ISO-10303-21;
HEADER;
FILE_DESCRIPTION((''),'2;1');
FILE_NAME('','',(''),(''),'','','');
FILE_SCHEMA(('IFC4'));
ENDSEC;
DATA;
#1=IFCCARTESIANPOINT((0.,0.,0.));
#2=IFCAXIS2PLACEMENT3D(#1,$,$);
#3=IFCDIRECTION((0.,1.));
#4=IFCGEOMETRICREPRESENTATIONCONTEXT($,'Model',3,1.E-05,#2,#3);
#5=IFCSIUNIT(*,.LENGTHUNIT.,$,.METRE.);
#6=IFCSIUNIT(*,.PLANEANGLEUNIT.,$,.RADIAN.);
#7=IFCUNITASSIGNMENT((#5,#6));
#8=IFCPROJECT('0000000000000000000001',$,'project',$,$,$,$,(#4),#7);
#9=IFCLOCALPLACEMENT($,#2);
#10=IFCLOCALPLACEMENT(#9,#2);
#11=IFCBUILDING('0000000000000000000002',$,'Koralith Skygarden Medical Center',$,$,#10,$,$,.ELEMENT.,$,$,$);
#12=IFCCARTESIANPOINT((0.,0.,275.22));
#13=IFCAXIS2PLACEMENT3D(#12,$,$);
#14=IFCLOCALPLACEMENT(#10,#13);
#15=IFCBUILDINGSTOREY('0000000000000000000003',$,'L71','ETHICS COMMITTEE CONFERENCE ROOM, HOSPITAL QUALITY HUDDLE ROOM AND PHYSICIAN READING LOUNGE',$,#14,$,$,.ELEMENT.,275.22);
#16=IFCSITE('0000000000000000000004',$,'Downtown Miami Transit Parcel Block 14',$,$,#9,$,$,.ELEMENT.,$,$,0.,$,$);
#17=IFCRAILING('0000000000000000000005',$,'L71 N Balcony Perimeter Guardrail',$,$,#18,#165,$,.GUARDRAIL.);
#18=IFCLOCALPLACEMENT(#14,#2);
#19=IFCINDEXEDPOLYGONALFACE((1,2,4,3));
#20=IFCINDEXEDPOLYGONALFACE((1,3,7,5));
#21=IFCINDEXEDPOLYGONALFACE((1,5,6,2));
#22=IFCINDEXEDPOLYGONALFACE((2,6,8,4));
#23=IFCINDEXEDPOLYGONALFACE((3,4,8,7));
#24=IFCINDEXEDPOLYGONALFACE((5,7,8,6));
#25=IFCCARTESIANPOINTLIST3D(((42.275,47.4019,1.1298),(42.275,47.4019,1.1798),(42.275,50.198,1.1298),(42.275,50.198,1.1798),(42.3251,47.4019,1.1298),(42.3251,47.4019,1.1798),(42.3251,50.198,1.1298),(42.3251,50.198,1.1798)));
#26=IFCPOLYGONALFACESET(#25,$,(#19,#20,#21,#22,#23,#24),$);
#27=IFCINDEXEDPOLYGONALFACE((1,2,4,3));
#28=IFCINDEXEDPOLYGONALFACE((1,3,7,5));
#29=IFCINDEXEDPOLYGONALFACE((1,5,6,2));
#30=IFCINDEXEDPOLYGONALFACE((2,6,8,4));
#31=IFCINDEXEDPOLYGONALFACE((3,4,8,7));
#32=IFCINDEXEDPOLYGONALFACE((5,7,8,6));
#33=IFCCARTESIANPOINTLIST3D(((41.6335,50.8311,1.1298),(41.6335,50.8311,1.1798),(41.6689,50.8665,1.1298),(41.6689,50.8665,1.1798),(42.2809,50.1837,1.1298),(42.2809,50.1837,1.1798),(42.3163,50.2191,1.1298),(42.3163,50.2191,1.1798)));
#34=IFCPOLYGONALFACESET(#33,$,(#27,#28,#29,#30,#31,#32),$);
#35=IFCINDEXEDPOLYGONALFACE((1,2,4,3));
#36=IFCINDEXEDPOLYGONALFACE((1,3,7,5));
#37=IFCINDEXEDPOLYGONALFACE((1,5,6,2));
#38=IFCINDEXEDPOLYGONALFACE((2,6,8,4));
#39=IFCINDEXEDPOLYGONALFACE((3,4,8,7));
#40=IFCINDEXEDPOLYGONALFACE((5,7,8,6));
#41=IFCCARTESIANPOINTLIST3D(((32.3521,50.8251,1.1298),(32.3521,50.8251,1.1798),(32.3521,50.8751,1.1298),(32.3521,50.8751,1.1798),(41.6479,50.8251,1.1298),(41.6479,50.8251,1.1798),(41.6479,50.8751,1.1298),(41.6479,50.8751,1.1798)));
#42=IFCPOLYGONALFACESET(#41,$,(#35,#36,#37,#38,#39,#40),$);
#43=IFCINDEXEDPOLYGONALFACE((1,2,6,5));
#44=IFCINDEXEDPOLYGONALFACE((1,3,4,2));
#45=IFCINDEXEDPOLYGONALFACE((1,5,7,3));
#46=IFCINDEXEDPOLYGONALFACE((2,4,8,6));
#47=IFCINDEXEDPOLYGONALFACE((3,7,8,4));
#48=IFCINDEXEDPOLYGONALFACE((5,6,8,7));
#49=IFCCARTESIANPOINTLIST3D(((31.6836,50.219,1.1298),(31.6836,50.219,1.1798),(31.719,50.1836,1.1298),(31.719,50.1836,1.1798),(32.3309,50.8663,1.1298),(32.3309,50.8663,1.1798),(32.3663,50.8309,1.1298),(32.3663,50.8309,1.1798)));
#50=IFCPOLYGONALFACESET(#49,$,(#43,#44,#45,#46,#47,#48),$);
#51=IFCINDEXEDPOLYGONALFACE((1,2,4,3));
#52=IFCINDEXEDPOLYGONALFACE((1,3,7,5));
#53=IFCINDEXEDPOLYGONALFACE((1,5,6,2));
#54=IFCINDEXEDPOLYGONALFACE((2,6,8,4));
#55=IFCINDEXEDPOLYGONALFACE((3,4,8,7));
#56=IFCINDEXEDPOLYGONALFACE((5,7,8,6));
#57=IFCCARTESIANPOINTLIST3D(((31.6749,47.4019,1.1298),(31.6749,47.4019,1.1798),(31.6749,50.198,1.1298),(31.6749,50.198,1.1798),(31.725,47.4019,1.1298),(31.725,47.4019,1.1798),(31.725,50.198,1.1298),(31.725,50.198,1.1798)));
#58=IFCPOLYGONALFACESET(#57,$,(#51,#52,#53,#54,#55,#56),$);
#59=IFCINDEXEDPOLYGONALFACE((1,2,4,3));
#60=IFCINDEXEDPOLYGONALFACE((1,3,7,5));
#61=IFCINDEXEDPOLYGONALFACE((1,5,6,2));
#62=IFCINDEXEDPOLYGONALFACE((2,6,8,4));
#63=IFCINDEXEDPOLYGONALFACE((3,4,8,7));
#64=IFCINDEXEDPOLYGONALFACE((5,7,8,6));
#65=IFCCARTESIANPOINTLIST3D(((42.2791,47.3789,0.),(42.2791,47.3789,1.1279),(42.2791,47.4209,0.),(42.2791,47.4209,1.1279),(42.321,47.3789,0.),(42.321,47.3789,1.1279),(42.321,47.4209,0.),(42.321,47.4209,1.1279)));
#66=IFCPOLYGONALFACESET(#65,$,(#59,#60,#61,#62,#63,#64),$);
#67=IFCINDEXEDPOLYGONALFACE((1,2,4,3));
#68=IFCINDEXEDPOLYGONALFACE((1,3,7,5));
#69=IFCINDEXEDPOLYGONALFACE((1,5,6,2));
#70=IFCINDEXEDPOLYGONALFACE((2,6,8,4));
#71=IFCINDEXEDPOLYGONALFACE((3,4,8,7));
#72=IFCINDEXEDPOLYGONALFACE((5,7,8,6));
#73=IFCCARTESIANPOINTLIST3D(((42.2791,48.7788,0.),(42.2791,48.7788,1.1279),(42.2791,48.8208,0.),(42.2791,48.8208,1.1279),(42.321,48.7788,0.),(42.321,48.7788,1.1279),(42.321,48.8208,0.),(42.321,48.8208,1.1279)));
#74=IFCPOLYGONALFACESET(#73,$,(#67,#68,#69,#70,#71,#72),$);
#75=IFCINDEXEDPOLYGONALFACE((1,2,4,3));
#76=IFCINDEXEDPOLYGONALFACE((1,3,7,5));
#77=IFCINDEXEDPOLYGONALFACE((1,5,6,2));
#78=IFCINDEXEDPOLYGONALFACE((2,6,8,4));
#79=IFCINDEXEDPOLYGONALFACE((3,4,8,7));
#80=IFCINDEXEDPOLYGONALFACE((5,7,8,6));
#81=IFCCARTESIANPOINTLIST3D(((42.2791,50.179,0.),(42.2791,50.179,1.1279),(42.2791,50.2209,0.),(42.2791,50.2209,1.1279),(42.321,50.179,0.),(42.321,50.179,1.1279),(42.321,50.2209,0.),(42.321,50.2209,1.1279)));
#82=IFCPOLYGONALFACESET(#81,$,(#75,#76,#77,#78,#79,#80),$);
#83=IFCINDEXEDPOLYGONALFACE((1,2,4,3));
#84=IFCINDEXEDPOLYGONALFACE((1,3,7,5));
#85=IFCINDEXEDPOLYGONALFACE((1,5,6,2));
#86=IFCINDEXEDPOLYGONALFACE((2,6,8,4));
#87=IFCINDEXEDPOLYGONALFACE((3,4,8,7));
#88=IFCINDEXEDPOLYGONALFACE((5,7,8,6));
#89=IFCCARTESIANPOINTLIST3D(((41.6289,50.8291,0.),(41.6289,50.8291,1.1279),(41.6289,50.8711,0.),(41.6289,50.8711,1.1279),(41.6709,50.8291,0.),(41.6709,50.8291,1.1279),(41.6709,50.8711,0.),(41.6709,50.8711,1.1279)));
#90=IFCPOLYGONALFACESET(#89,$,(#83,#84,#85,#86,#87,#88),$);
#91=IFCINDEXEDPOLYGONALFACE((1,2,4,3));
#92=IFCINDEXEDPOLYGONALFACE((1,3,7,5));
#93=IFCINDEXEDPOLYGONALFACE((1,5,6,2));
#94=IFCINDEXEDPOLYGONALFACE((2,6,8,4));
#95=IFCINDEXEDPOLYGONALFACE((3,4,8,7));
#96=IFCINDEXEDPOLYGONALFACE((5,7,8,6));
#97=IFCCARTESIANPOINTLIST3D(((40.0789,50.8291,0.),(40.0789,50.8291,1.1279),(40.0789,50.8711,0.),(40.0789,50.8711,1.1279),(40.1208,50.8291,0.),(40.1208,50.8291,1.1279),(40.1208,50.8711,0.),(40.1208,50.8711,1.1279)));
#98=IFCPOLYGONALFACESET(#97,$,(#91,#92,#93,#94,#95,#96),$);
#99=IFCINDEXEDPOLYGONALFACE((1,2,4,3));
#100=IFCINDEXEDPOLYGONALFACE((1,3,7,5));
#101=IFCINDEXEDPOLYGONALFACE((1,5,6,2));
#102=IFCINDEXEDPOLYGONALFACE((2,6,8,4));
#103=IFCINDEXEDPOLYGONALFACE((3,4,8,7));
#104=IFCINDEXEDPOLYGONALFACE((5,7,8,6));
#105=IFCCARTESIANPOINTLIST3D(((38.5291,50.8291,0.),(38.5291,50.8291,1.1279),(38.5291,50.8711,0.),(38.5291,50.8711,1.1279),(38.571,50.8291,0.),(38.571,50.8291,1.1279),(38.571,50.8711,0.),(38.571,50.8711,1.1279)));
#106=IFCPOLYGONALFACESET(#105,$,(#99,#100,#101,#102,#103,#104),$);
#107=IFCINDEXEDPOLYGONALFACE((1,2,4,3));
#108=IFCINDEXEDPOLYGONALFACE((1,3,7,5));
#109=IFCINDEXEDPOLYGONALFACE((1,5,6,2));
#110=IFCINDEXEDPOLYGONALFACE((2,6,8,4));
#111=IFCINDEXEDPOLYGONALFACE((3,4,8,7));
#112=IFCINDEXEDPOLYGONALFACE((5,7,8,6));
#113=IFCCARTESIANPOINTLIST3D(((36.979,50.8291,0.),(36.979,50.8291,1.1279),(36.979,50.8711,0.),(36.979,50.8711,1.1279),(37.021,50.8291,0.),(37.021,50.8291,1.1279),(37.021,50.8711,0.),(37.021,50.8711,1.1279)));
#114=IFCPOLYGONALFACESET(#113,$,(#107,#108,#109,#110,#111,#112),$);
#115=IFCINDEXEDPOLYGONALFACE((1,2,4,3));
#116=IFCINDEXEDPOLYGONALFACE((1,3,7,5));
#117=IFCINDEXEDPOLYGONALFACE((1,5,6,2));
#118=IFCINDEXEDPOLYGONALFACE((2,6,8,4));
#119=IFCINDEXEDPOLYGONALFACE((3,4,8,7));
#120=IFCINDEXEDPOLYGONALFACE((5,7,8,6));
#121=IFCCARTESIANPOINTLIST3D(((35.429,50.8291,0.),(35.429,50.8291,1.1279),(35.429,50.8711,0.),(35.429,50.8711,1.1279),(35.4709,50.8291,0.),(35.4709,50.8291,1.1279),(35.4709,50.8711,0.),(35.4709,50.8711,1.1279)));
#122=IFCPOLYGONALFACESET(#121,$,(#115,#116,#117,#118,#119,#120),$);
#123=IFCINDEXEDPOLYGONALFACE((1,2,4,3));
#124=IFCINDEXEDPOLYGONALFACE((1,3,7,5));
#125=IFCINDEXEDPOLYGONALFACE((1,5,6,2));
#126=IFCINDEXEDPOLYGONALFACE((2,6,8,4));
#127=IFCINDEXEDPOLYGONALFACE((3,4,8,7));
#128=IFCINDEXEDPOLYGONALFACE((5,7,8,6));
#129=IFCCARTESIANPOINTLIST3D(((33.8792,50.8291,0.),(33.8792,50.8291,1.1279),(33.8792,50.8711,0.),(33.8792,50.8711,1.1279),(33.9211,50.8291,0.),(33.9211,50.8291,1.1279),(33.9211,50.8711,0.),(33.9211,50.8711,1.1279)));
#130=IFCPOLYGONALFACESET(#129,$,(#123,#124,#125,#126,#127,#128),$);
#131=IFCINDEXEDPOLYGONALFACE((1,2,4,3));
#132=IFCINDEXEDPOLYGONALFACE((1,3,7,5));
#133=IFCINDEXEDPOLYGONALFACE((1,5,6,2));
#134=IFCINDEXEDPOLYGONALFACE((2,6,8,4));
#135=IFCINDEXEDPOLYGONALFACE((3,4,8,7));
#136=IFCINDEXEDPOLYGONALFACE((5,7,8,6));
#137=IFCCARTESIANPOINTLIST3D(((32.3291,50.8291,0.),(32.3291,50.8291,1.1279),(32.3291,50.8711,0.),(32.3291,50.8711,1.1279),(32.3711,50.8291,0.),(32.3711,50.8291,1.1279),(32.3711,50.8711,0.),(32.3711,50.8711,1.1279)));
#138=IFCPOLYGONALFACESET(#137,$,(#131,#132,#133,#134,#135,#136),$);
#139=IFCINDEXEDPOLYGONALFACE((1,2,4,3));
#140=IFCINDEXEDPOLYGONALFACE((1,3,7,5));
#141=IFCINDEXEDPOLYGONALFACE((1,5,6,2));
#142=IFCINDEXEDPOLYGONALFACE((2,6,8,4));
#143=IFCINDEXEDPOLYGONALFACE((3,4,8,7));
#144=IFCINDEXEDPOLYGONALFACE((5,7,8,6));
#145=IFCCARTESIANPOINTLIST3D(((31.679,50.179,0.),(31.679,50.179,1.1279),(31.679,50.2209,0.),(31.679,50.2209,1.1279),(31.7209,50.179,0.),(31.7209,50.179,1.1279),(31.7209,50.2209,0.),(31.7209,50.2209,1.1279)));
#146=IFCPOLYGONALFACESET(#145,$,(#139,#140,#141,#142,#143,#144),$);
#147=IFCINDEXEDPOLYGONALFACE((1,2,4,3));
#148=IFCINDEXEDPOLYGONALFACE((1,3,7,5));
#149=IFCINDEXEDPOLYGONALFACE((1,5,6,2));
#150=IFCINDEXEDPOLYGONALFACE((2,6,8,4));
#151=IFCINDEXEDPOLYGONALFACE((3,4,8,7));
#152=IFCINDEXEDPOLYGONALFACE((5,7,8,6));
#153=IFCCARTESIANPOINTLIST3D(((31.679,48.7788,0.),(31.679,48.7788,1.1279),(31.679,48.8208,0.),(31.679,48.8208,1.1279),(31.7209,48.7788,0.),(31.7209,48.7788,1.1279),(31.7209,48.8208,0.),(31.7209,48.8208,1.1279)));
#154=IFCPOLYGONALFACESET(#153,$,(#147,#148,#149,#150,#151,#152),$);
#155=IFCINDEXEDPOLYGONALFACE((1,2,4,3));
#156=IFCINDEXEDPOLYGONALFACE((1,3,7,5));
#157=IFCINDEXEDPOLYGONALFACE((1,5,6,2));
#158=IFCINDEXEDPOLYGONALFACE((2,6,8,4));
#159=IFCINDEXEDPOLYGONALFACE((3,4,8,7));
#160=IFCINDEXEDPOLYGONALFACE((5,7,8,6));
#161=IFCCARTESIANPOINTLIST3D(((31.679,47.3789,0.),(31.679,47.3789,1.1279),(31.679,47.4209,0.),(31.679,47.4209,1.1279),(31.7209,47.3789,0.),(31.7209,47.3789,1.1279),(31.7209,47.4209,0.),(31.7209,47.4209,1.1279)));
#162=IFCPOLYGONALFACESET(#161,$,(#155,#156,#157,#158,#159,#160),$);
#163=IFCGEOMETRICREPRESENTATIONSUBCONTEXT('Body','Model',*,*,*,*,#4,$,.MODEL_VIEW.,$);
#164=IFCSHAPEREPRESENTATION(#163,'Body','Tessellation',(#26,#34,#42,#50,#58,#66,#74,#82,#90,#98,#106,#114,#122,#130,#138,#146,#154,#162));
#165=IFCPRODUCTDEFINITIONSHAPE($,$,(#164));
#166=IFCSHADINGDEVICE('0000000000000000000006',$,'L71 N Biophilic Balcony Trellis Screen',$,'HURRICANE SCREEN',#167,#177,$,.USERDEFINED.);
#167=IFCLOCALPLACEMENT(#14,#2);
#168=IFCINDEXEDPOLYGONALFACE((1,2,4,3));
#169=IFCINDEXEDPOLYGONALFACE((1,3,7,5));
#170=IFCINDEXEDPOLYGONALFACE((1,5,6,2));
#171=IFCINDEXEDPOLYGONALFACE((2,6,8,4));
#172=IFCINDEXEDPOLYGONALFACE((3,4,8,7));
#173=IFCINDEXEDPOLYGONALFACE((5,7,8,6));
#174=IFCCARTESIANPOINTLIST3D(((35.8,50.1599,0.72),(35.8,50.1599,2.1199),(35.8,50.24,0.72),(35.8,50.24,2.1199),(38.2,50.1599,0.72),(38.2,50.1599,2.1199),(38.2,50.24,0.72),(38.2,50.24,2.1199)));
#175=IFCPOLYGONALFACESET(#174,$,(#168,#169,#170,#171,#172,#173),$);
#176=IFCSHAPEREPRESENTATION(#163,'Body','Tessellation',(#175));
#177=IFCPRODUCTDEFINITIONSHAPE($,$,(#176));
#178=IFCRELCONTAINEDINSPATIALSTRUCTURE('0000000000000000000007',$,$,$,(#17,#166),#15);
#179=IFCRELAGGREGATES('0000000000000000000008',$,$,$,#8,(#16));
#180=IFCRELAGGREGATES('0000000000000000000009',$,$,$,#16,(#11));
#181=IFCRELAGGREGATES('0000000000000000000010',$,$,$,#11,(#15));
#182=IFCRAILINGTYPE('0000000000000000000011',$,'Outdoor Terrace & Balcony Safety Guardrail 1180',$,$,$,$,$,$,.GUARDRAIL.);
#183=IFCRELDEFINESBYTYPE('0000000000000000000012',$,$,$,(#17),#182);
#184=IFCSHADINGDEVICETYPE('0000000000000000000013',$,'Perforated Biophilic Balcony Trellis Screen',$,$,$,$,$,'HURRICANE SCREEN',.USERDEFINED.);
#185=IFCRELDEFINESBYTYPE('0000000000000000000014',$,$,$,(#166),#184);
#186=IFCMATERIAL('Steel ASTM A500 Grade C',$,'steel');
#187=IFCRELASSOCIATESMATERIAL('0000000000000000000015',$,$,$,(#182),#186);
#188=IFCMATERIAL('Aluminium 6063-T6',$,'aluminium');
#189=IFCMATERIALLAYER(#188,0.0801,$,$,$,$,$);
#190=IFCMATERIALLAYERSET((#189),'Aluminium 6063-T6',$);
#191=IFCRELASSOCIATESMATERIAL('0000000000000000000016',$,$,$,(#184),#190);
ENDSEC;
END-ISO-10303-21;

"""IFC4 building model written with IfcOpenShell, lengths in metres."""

from ifc_helpers import new_model, si_unit, direction, frame, origin, origin_2d, place, context, subcontext, project, spatial, rectangle, extrude, material, layer, layer_set, type_object, element, save


model = new_model("IFC4")

# Units and contexts
model_context = context("Model", 3, precision=1e-05, world=origin(), true_north=direction((0.0, 1.0)))
body_context = subcontext(model_context, "Body", "Model", "MODEL_VIEW")
ifc_project = project(units=[si_unit("LENGTHUNIT", "METRE"), si_unit("PLANEANGLEUNIT", "RADIAN")], contexts=[model_context])

# Site, building, storey
site_placement = place(None, origin())
site = spatial("IfcSite", under=ifc_project, at=site_placement, Name="Downtown Miami Transit Parcel Block 14", CompositionType="ELEMENT", RefElevation=0.0)
building_placement = place(site_placement, origin())
building = spatial("IfcBuilding", under=site, at=building_placement, Name="Koralith Skygarden Medical Center", CompositionType="ELEMENT")
storey_placement = place(building_placement, frame((0.0, 0.0, 275.22)))
storey = spatial("IfcBuildingStorey", under=building, at=storey_placement, Name="L71", Description="ETHICS COMMITTEE CONFERENCE ROOM, HOSPITAL QUALITY HUDDLE ROOM AND PHYSICIAN READING LOUNGE", CompositionType="ELEMENT", Elevation=275.22)

# Shared definitions
ifc_material_1 = material(Name="Aluminium 6063-T6", Category="aluminium")

# Shared definitions
ifc_material_2 = material(Name="Steel ASTM A500 Grade C", Category="steel")

# Railing
railing_type = type_object("IfcRailingType", Name="Outdoor Terrace & Balcony Safety Guardrail 1180", PredefinedType="GUARDRAIL", material=ifc_material_2)
railing_placement = place(storey_placement, frame((42.3, 47.3999, 0.0)))
element("IfcRailing", 1, at=railing_placement, inside=storey, type_object=railing_type, Name="L71 N Balcony Perimeter Guardrail", PredefinedType="GUARDRAIL", context=body_context, shape_type="SweptSolid", body=[
    extrude(rectangle(XDim=0.05, YDim=0.05, at=origin_2d()), frame((0.0, 0.002, 1.1548), z_axis=(0.0, 1.0, 0.0), x_axis=(-1.0, 0.0, 0.0)), (0.0, 0.0, 1.0), 2.7961),
    extrude(rectangle(XDim=0.05, YDim=0.05, at=origin_2d()), frame((-0.0015, 2.8015, 1.1548), z_axis=(-0.707107, 0.707107, 0.0), x_axis=(-0.707107, -0.707107, 0.0)), (0.0, 0.0, 1.0), 0.9155),
    extrude(rectangle(XDim=0.05, YDim=0.05, at=origin_2d()), frame((-0.6521, 3.4502, 1.1548), z_axis=(-1.0, 0.0, 0.0), x_axis=(0.0, -1.0, 0.0)), (0.0, 0.0, 1.0), 9.2959),
    extrude(rectangle(XDim=0.05, YDim=0.05, at=origin_2d()), frame((-9.9514, 3.4487, 1.1548), z_axis=(-0.707107, -0.707107, 0.0), x_axis=(0.707107, -0.707107, 0.0)), (0.0, 0.0, 1.0), 0.9155),
    extrude(rectangle(XDim=0.05, YDim=0.05, at=origin_2d()), frame((-10.6001, 2.7981, 1.1548), z_axis=(0.0, -1.0, 0.0), x_axis=(1.0, 0.0, 0.0)), (0.0, 0.0, 1.0), 2.7961),
    extrude(rectangle(XDim=0.042, YDim=0.042, at=origin_2d()), origin(), (0.0, 0.0, 1.0), 1.1279),
    extrude(rectangle(XDim=0.042, YDim=0.042, at=origin_2d()), frame((0.0, 1.3999, 0.0)), (0.0, 0.0, 1.0), 1.1279),
    extrude(rectangle(XDim=0.042, YDim=0.042, at=origin_2d()), frame((0.0, 2.8, 0.0)), (0.0, 0.0, 1.0), 1.1279),
    extrude(rectangle(XDim=0.042, YDim=0.042, at=origin_2d()), frame((-0.6501, 3.4502, 0.0)), (0.0, 0.0, 1.0), 1.1279),
    extrude(rectangle(XDim=0.042, YDim=0.042, at=origin_2d()), frame((-2.2002, 3.4502, 0.0)), (0.0, 0.0, 1.0), 1.1279),
    extrude(rectangle(XDim=0.042, YDim=0.042, at=origin_2d()), frame((-3.75, 3.4502, 0.0)), (0.0, 0.0, 1.0), 1.1279),
    extrude(rectangle(XDim=0.042, YDim=0.042, at=origin_2d()), frame((-5.3, 3.4502, 0.0)), (0.0, 0.0, 1.0), 1.1279),
    extrude(rectangle(XDim=0.042, YDim=0.042, at=origin_2d()), frame((-6.8501, 3.4502, 0.0)), (0.0, 0.0, 1.0), 1.1279),
    extrude(rectangle(XDim=0.042, YDim=0.042, at=origin_2d()), frame((-8.3999, 3.4502, 0.0)), (0.0, 0.0, 1.0), 1.1279),
    extrude(rectangle(XDim=0.042, YDim=0.042, at=origin_2d()), frame((-9.95, 3.4502, 0.0)), (0.0, 0.0, 1.0), 1.1279),
    extrude(rectangle(XDim=0.042, YDim=0.042, at=origin_2d()), frame((-10.6001, 2.8, 0.0)), (0.0, 0.0, 1.0), 1.1279),
    extrude(rectangle(XDim=0.042, YDim=0.042, at=origin_2d()), frame((-10.6001, 1.3999, 0.0)), (0.0, 0.0, 1.0), 1.1279),
    extrude(rectangle(XDim=0.042, YDim=0.042, at=origin_2d()), frame((-10.6001, 0.0, 0.0)), (0.0, 0.0, 1.0), 1.1279),
])

# Shading device
ifc_layer_1 = layer(ifc_material_1, 0.0801)
ifc_layer_set_1 = layer_set([ifc_layer_1], Name="Aluminium 6063-T6")
shading_device_type = type_object("IfcShadingDeviceType", Name="Perforated Biophilic Balcony Trellis Screen", ElementType="HURRICANE SCREEN", PredefinedType="USERDEFINED", material=ifc_layer_set_1)
shading_device_placement = place(storey_placement, frame((37.0, 50.2, 0.72), z_axis=(0.0, 0.0, 1.0), x_axis=(1.0, 0.0, 0.0)))
element("IfcShadingDevice", 2, at=shading_device_placement, inside=storey, type_object=shading_device_type, Name="L71 N Biophilic Balcony Trellis Screen", ObjectType="HURRICANE SCREEN", PredefinedType="USERDEFINED", context=body_context, shape_type="SweptSolid", body=[
    extrude(rectangle(XDim=2.3999, YDim=0.0801, at=origin_2d()), origin(), (0.0, 0.0, 1.0), 1.3999),
])

save(model, "model.ifc")
